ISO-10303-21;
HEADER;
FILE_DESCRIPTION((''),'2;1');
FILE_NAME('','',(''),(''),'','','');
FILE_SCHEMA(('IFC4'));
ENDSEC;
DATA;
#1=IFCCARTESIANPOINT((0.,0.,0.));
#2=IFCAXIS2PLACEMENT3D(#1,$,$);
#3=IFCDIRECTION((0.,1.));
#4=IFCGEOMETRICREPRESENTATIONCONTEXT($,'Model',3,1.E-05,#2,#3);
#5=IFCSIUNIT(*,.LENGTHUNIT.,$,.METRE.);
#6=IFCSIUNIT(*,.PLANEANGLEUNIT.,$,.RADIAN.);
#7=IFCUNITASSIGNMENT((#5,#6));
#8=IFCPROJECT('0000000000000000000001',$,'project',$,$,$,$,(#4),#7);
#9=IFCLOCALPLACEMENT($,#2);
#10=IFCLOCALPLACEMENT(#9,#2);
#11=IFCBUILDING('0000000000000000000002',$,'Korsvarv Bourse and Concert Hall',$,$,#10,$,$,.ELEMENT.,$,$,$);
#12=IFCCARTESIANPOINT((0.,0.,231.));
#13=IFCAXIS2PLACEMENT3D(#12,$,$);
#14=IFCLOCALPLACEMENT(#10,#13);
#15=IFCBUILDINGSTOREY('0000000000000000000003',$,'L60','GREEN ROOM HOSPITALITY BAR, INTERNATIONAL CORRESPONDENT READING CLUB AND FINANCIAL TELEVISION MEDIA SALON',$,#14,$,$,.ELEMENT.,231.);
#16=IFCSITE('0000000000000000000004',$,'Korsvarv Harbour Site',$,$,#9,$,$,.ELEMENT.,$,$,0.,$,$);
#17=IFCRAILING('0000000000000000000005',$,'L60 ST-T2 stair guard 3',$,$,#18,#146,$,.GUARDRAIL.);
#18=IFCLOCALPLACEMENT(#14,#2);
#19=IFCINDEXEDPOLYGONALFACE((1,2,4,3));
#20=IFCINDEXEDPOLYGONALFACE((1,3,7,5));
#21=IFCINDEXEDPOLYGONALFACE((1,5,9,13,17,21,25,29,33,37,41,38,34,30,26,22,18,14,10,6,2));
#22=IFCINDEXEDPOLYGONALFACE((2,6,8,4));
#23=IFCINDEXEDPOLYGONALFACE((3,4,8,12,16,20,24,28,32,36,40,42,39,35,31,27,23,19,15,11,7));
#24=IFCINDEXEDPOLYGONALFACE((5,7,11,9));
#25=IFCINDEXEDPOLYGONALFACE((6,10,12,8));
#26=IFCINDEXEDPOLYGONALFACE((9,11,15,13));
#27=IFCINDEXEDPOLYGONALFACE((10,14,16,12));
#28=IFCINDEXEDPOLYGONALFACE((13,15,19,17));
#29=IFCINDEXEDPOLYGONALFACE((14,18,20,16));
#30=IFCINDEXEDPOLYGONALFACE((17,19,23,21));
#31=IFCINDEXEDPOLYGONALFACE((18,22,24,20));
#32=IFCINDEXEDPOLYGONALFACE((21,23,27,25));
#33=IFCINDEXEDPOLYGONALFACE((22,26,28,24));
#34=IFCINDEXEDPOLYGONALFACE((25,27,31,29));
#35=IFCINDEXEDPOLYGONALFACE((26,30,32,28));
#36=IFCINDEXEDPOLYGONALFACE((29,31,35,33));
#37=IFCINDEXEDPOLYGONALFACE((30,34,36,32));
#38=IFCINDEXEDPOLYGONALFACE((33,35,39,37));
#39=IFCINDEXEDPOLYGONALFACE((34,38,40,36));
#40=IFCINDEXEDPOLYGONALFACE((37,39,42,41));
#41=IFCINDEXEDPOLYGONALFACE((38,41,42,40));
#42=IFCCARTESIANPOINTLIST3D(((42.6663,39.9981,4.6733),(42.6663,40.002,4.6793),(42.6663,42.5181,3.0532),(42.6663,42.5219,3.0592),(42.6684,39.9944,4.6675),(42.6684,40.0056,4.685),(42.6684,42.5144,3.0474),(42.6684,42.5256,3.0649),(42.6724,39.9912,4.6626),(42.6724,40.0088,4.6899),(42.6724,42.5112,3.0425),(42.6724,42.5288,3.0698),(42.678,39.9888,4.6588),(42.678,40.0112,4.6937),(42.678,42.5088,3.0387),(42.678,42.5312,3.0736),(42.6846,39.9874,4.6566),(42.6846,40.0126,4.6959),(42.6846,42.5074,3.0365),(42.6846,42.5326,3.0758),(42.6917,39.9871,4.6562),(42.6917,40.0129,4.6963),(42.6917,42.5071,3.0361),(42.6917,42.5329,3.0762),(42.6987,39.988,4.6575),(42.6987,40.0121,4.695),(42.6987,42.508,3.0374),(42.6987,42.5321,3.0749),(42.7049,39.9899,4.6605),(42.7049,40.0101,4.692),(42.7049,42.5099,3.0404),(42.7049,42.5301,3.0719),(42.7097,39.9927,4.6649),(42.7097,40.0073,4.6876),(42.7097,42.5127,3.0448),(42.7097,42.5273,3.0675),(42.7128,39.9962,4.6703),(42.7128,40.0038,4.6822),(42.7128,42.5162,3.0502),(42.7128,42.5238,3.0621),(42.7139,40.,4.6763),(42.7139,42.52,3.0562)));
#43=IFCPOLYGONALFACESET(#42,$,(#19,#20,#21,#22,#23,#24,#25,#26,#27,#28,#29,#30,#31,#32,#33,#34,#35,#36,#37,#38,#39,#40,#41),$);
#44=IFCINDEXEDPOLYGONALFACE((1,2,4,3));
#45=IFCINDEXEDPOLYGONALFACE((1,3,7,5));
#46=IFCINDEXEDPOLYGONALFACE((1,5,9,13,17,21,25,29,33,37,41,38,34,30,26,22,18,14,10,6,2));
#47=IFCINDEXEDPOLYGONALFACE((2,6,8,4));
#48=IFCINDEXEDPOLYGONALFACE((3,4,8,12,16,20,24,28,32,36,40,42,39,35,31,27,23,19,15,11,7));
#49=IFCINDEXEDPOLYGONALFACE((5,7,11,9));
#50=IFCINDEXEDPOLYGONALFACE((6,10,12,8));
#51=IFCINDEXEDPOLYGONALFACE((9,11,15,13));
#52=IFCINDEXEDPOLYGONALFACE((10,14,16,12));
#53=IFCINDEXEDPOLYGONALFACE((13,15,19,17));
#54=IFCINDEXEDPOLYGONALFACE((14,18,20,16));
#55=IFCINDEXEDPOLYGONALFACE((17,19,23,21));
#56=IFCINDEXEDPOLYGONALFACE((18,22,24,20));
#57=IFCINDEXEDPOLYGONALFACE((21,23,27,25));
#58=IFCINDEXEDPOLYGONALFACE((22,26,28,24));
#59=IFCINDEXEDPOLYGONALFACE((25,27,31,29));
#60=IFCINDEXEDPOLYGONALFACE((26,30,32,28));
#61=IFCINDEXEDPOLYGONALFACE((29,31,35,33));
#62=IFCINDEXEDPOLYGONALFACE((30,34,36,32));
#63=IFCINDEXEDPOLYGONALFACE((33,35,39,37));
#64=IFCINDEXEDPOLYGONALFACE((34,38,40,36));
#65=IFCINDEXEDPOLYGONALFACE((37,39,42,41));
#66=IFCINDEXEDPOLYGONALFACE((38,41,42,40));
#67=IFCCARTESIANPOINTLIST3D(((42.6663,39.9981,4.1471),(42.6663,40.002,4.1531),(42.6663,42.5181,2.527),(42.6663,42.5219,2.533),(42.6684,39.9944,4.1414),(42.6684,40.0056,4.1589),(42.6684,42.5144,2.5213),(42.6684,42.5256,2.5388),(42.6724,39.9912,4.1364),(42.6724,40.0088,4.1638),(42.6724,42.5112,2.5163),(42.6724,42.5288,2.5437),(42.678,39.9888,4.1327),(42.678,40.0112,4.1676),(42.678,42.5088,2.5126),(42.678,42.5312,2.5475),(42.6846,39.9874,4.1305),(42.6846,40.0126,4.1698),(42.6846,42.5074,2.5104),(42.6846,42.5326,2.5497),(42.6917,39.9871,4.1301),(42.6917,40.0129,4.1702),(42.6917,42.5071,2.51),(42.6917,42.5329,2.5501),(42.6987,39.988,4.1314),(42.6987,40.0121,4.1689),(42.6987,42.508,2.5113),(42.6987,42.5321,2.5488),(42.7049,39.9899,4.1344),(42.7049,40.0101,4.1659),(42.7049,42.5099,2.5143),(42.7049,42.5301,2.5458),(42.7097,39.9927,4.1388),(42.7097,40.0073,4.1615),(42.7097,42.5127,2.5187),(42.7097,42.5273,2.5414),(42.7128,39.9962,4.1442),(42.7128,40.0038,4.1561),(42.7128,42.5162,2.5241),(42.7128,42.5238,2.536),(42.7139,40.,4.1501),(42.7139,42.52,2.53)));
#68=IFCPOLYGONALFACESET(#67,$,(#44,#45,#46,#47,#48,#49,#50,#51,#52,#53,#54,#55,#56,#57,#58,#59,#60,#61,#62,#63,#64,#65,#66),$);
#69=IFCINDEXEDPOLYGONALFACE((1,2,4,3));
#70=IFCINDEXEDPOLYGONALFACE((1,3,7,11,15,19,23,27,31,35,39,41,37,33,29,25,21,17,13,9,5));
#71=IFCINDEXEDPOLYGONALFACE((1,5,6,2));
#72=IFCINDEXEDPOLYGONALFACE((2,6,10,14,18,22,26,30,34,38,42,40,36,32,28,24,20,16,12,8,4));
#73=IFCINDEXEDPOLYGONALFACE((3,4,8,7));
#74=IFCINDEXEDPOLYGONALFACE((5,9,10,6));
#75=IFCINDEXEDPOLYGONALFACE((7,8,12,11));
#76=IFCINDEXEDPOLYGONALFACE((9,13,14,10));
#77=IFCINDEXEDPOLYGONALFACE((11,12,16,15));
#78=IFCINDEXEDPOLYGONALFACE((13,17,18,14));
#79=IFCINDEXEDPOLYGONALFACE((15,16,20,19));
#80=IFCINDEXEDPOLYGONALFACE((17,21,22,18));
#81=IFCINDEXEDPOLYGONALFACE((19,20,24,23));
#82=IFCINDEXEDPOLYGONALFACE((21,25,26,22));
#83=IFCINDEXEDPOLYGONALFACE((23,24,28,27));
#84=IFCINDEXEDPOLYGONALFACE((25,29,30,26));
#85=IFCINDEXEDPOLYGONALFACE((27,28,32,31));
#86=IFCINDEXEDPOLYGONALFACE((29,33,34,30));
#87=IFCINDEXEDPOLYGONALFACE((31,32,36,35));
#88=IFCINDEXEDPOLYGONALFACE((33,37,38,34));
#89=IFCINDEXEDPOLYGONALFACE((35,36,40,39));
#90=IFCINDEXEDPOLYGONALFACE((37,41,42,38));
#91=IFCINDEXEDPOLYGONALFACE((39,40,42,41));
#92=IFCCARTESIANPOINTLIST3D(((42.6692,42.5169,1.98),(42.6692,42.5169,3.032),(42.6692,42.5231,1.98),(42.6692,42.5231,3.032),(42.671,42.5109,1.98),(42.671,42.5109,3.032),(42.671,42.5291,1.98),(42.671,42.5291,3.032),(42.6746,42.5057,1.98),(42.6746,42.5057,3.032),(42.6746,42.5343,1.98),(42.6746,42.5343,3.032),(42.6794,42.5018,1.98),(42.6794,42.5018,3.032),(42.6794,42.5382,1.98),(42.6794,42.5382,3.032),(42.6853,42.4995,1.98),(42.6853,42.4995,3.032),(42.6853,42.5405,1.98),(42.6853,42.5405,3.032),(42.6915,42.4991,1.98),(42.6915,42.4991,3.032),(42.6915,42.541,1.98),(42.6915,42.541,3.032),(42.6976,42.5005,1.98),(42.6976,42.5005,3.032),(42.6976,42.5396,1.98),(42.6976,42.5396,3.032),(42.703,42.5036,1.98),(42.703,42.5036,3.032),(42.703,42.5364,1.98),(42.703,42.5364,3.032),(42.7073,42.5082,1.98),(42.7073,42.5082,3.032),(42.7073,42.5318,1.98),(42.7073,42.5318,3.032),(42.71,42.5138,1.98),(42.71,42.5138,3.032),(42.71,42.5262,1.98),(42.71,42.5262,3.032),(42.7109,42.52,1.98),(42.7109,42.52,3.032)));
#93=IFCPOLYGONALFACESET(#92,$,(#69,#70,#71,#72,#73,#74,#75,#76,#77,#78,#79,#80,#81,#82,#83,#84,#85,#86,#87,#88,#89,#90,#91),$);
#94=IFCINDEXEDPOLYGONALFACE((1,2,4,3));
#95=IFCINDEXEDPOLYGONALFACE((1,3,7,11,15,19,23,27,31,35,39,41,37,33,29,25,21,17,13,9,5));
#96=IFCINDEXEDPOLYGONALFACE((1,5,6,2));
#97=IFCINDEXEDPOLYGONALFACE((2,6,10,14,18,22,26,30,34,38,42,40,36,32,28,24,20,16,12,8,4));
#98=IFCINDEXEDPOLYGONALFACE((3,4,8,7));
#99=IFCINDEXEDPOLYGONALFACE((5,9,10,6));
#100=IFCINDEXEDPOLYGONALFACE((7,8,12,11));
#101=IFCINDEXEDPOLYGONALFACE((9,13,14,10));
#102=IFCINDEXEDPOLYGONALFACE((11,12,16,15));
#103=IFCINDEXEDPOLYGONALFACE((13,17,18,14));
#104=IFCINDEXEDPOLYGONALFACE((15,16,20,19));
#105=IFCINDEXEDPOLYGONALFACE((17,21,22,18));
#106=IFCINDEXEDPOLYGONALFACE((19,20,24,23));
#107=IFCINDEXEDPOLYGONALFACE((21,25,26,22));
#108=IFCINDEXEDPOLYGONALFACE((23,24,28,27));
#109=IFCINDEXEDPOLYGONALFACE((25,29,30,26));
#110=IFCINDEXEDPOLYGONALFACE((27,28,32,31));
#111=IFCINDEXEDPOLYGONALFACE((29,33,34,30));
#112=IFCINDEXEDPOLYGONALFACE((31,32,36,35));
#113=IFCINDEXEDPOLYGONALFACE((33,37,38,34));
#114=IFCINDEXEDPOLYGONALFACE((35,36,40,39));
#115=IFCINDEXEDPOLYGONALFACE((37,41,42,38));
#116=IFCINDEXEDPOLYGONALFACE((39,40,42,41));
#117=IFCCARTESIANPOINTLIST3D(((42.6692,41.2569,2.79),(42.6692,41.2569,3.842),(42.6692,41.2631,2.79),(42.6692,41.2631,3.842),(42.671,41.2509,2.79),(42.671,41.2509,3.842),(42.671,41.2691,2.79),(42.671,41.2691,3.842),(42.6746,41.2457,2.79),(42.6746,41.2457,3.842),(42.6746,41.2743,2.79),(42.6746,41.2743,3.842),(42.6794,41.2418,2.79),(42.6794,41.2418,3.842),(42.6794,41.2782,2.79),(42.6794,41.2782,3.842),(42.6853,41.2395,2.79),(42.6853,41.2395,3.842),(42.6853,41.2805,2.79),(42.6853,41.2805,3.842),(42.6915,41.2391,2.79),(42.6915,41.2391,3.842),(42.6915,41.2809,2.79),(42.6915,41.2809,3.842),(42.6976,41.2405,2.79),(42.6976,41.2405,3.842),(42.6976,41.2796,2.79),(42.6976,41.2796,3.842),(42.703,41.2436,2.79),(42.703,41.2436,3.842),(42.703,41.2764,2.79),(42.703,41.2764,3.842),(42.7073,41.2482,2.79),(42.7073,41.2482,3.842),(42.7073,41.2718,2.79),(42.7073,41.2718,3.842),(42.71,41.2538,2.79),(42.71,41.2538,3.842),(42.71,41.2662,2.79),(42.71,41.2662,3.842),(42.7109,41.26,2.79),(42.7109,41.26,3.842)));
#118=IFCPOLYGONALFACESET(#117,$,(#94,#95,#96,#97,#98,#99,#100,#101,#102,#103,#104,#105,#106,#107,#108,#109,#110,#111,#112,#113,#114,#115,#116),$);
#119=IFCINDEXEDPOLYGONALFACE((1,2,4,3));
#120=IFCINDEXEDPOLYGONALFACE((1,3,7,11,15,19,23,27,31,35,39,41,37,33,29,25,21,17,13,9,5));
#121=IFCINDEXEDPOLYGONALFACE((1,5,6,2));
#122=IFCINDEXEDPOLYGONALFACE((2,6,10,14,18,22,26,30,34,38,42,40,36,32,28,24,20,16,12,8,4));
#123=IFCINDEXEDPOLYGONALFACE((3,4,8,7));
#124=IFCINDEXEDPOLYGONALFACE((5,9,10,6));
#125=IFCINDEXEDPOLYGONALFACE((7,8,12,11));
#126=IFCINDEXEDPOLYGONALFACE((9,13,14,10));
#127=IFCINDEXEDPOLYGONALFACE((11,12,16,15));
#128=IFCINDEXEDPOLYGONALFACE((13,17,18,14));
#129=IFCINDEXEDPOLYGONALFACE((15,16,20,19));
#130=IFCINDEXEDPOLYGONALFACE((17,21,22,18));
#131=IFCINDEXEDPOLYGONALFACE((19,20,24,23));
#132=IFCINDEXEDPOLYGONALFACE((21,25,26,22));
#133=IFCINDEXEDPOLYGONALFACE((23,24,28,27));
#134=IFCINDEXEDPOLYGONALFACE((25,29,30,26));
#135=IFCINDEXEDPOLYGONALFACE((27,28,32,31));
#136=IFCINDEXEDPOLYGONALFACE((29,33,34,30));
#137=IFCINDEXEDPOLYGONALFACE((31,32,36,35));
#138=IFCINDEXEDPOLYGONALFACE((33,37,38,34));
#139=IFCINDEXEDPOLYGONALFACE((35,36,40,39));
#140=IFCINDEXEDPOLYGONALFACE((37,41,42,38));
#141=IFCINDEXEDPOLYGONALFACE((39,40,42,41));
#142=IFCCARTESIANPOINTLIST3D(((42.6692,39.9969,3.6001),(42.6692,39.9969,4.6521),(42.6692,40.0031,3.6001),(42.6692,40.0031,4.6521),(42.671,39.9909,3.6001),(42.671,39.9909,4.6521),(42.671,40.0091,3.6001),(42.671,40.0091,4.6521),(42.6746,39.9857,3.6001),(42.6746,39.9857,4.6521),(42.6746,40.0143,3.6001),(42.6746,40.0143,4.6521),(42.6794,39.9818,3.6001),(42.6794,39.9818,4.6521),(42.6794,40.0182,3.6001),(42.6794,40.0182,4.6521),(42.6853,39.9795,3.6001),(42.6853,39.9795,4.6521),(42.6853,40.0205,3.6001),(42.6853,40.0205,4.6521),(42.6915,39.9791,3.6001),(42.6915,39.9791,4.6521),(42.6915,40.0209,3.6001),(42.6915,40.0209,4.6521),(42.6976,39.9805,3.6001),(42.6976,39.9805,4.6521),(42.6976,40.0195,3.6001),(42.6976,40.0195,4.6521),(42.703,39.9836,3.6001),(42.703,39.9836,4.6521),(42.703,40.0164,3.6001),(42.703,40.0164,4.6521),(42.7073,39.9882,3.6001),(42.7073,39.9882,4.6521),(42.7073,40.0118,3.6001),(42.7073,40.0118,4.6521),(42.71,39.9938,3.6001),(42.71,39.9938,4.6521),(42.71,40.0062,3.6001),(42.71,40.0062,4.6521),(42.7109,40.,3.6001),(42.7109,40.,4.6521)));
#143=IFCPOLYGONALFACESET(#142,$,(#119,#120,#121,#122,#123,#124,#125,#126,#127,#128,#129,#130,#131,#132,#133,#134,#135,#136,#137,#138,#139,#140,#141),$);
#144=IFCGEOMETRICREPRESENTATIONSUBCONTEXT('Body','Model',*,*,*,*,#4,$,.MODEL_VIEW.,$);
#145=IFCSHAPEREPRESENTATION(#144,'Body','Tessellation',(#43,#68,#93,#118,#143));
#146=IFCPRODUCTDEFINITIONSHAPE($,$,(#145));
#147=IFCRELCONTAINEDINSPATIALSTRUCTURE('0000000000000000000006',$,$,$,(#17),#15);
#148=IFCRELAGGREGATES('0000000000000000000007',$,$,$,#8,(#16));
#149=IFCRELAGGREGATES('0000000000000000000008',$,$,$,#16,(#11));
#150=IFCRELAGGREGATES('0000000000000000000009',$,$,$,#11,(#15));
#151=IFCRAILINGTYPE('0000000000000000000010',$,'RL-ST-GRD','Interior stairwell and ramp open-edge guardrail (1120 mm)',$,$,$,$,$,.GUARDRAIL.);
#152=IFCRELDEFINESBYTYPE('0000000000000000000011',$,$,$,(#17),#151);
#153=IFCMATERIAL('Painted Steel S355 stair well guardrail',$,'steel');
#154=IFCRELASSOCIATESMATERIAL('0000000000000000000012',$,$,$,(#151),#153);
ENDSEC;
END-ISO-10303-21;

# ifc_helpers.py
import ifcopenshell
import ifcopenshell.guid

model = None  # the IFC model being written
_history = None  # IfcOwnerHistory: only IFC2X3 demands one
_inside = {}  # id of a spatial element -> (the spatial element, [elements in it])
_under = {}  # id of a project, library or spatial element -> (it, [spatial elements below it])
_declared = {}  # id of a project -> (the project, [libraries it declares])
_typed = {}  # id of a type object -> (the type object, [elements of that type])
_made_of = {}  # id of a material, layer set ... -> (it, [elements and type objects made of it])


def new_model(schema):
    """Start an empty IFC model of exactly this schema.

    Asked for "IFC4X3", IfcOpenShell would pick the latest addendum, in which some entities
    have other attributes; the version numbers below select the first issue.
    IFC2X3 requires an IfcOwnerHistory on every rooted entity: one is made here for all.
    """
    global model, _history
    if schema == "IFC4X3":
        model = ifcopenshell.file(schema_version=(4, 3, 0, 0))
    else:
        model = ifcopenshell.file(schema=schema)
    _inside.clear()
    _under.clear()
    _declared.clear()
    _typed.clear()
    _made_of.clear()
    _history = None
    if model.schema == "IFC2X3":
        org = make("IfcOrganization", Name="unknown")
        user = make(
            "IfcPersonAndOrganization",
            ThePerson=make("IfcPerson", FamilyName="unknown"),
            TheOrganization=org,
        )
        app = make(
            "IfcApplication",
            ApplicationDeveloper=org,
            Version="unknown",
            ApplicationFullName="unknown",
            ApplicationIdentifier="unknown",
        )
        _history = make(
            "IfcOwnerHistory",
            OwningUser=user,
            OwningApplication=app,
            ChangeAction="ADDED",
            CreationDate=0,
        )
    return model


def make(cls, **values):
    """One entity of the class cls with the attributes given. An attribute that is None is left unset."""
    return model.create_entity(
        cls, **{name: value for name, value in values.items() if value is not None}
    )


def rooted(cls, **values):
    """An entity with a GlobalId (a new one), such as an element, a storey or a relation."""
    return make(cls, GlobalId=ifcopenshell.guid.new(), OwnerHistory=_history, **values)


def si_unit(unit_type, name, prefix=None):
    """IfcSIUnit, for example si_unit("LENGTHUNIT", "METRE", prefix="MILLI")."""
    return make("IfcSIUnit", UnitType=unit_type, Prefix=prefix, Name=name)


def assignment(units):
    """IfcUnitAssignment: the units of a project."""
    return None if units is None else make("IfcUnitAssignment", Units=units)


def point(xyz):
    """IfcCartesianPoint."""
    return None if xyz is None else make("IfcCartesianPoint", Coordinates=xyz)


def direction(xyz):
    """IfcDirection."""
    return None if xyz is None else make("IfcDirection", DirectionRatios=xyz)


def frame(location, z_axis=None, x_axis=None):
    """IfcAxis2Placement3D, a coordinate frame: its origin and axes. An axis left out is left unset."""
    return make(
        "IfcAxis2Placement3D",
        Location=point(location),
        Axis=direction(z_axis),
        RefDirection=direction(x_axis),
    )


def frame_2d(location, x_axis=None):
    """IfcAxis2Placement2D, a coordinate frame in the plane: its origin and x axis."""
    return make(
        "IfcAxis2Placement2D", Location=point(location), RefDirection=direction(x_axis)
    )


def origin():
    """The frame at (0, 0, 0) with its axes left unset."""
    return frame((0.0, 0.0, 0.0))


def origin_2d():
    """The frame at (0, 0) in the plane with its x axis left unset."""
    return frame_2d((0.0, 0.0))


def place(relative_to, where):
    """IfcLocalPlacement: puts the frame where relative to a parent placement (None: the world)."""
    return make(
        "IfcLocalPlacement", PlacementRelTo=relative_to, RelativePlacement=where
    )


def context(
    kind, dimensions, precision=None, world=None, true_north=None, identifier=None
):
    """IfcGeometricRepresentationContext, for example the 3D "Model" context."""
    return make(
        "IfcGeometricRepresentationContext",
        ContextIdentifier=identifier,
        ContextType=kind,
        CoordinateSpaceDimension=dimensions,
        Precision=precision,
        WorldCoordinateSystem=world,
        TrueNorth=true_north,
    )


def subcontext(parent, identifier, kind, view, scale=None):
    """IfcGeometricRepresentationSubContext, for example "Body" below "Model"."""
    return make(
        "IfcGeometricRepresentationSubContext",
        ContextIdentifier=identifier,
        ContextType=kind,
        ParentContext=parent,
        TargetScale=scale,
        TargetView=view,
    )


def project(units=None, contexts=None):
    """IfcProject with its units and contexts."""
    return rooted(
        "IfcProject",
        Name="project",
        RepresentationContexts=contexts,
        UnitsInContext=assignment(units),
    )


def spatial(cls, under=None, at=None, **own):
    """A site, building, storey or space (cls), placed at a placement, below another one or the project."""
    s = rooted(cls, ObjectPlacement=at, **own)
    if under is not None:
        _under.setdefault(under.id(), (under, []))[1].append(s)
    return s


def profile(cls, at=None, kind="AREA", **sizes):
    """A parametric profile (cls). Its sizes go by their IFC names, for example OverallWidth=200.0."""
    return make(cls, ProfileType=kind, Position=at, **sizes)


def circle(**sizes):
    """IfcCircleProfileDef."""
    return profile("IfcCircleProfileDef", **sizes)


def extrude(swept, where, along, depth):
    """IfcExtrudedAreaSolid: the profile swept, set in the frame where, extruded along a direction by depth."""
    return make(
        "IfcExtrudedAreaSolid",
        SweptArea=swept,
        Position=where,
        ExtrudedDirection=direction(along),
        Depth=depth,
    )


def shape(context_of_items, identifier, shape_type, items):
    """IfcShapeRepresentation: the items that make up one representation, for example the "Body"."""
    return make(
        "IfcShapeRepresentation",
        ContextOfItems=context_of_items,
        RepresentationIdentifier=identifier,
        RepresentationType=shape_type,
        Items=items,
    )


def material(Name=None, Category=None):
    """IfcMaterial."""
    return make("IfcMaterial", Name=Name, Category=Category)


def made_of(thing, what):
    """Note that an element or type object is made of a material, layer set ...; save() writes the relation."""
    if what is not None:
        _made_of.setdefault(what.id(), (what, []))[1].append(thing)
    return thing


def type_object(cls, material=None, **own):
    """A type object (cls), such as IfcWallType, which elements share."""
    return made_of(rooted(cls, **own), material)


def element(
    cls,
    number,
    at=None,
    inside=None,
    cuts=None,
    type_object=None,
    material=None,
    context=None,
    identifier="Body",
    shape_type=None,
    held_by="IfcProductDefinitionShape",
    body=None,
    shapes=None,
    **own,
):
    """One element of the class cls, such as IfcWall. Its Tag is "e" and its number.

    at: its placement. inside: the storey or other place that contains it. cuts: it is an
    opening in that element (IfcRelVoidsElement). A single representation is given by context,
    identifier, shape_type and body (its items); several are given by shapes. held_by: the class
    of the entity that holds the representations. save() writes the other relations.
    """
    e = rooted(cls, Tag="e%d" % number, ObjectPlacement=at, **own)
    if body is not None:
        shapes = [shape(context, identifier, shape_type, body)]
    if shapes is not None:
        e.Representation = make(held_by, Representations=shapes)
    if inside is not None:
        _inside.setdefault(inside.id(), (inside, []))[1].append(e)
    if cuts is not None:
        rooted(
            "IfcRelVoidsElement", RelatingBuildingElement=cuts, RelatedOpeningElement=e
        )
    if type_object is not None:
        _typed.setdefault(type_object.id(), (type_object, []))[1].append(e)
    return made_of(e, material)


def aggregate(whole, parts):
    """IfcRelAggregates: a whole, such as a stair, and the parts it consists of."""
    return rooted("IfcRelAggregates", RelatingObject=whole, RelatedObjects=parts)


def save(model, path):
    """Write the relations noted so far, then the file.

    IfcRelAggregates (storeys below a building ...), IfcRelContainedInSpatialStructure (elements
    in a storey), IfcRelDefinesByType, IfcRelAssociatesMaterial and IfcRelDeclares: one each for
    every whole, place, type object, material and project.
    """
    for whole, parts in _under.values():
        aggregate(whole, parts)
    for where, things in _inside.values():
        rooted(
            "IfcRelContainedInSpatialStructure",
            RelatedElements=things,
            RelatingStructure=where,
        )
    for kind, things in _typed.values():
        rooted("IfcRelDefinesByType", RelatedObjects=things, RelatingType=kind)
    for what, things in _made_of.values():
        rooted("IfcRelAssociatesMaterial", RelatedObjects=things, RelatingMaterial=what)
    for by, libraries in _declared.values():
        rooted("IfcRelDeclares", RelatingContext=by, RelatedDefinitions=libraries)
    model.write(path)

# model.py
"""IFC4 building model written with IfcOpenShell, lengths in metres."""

from ifc_helpers import new_model, si_unit, direction, frame, origin, origin_2d, place, context, subcontext, project, spatial, circle, extrude, material, type_object, element, save


model = new_model("IFC4")

# Units and contexts
model_context = context("Model", 3, precision=1e-05, world=origin(), true_north=direction((0.0, 1.0)))
body_context = subcontext(model_context, "Body", "Model", "MODEL_VIEW")
ifc_project = project(units=[si_unit("LENGTHUNIT", "METRE"), si_unit("PLANEANGLEUNIT", "RADIAN")], contexts=[model_context])

# Site, building, storey
site_placement = place(None, origin())
site = spatial("IfcSite", under=ifc_project, at=site_placement, Name="Korsvarv Harbour Site", CompositionType="ELEMENT", RefElevation=0.0)
building_placement = place(site_placement, origin())
building = spatial("IfcBuilding", under=site, at=building_placement, Name="Korsvarv Bourse and Concert Hall", CompositionType="ELEMENT")
storey_placement = place(building_placement, frame((0.0, 0.0, 231.0)))
storey = spatial("IfcBuildingStorey", under=building, at=storey_placement, Name="L60", Description="GREEN ROOM HOSPITALITY BAR, INTERNATIONAL CORRESPONDENT READING CLUB AND FINANCIAL TELEVISION MEDIA SALON", CompositionType="ELEMENT", Elevation=231.0)

# Railing
ifc_material_1 = material(Name="Painted Steel S355 stair well guardrail", Category="steel")
railing_type_1 = type_object("IfcRailingType", Name="RL-ST-GRD", Description="Interior stairwell and ramp open-edge guardrail (1120 mm)", PredefinedType="GUARDRAIL", material=ifc_material_1)
railing_1_placement = place(storey_placement, frame((42.6899, 42.52, 1.98)))
element("IfcRailing", 1, at=railing_1_placement, inside=storey, type_object=railing_type_1, Name="L60 ST-T2 stair guard 3", PredefinedType="GUARDRAIL", context=body_context, shape_type="SweptSolid", body=[
    extrude(circle(Radius=0.0239, at=origin_2d()), frame((0.0, 0.0, 1.0762), z_axis=(0.0, -0.841163, 0.540782), x_axis=(1.0, 0.0, 0.0)), (0.0, 0.0, 1.0), 2.9958),
    extrude(circle(Radius=0.0239, at=origin_2d()), frame((0.0, 0.0, 0.55), z_axis=(0.0, -0.841163, 0.540782), x_axis=(1.0, 0.0, 0.0)), (0.0, 0.0, 1.0), 2.9958),
    extrude(circle(Radius=0.021, at=origin_2d()), origin(), (0.0, 0.0, 1.0), 1.052),
    extrude(circle(Radius=0.021, at=origin_2d()), frame((0.0, -1.26, 0.8101)), (0.0, 0.0, 1.0), 1.052),
    extrude(circle(Radius=0.021, at=origin_2d()), frame((0.0, -2.52, 1.6201)), (0.0, 0.0, 1.0), 1.052),
])

save(model, "model.ifc")
